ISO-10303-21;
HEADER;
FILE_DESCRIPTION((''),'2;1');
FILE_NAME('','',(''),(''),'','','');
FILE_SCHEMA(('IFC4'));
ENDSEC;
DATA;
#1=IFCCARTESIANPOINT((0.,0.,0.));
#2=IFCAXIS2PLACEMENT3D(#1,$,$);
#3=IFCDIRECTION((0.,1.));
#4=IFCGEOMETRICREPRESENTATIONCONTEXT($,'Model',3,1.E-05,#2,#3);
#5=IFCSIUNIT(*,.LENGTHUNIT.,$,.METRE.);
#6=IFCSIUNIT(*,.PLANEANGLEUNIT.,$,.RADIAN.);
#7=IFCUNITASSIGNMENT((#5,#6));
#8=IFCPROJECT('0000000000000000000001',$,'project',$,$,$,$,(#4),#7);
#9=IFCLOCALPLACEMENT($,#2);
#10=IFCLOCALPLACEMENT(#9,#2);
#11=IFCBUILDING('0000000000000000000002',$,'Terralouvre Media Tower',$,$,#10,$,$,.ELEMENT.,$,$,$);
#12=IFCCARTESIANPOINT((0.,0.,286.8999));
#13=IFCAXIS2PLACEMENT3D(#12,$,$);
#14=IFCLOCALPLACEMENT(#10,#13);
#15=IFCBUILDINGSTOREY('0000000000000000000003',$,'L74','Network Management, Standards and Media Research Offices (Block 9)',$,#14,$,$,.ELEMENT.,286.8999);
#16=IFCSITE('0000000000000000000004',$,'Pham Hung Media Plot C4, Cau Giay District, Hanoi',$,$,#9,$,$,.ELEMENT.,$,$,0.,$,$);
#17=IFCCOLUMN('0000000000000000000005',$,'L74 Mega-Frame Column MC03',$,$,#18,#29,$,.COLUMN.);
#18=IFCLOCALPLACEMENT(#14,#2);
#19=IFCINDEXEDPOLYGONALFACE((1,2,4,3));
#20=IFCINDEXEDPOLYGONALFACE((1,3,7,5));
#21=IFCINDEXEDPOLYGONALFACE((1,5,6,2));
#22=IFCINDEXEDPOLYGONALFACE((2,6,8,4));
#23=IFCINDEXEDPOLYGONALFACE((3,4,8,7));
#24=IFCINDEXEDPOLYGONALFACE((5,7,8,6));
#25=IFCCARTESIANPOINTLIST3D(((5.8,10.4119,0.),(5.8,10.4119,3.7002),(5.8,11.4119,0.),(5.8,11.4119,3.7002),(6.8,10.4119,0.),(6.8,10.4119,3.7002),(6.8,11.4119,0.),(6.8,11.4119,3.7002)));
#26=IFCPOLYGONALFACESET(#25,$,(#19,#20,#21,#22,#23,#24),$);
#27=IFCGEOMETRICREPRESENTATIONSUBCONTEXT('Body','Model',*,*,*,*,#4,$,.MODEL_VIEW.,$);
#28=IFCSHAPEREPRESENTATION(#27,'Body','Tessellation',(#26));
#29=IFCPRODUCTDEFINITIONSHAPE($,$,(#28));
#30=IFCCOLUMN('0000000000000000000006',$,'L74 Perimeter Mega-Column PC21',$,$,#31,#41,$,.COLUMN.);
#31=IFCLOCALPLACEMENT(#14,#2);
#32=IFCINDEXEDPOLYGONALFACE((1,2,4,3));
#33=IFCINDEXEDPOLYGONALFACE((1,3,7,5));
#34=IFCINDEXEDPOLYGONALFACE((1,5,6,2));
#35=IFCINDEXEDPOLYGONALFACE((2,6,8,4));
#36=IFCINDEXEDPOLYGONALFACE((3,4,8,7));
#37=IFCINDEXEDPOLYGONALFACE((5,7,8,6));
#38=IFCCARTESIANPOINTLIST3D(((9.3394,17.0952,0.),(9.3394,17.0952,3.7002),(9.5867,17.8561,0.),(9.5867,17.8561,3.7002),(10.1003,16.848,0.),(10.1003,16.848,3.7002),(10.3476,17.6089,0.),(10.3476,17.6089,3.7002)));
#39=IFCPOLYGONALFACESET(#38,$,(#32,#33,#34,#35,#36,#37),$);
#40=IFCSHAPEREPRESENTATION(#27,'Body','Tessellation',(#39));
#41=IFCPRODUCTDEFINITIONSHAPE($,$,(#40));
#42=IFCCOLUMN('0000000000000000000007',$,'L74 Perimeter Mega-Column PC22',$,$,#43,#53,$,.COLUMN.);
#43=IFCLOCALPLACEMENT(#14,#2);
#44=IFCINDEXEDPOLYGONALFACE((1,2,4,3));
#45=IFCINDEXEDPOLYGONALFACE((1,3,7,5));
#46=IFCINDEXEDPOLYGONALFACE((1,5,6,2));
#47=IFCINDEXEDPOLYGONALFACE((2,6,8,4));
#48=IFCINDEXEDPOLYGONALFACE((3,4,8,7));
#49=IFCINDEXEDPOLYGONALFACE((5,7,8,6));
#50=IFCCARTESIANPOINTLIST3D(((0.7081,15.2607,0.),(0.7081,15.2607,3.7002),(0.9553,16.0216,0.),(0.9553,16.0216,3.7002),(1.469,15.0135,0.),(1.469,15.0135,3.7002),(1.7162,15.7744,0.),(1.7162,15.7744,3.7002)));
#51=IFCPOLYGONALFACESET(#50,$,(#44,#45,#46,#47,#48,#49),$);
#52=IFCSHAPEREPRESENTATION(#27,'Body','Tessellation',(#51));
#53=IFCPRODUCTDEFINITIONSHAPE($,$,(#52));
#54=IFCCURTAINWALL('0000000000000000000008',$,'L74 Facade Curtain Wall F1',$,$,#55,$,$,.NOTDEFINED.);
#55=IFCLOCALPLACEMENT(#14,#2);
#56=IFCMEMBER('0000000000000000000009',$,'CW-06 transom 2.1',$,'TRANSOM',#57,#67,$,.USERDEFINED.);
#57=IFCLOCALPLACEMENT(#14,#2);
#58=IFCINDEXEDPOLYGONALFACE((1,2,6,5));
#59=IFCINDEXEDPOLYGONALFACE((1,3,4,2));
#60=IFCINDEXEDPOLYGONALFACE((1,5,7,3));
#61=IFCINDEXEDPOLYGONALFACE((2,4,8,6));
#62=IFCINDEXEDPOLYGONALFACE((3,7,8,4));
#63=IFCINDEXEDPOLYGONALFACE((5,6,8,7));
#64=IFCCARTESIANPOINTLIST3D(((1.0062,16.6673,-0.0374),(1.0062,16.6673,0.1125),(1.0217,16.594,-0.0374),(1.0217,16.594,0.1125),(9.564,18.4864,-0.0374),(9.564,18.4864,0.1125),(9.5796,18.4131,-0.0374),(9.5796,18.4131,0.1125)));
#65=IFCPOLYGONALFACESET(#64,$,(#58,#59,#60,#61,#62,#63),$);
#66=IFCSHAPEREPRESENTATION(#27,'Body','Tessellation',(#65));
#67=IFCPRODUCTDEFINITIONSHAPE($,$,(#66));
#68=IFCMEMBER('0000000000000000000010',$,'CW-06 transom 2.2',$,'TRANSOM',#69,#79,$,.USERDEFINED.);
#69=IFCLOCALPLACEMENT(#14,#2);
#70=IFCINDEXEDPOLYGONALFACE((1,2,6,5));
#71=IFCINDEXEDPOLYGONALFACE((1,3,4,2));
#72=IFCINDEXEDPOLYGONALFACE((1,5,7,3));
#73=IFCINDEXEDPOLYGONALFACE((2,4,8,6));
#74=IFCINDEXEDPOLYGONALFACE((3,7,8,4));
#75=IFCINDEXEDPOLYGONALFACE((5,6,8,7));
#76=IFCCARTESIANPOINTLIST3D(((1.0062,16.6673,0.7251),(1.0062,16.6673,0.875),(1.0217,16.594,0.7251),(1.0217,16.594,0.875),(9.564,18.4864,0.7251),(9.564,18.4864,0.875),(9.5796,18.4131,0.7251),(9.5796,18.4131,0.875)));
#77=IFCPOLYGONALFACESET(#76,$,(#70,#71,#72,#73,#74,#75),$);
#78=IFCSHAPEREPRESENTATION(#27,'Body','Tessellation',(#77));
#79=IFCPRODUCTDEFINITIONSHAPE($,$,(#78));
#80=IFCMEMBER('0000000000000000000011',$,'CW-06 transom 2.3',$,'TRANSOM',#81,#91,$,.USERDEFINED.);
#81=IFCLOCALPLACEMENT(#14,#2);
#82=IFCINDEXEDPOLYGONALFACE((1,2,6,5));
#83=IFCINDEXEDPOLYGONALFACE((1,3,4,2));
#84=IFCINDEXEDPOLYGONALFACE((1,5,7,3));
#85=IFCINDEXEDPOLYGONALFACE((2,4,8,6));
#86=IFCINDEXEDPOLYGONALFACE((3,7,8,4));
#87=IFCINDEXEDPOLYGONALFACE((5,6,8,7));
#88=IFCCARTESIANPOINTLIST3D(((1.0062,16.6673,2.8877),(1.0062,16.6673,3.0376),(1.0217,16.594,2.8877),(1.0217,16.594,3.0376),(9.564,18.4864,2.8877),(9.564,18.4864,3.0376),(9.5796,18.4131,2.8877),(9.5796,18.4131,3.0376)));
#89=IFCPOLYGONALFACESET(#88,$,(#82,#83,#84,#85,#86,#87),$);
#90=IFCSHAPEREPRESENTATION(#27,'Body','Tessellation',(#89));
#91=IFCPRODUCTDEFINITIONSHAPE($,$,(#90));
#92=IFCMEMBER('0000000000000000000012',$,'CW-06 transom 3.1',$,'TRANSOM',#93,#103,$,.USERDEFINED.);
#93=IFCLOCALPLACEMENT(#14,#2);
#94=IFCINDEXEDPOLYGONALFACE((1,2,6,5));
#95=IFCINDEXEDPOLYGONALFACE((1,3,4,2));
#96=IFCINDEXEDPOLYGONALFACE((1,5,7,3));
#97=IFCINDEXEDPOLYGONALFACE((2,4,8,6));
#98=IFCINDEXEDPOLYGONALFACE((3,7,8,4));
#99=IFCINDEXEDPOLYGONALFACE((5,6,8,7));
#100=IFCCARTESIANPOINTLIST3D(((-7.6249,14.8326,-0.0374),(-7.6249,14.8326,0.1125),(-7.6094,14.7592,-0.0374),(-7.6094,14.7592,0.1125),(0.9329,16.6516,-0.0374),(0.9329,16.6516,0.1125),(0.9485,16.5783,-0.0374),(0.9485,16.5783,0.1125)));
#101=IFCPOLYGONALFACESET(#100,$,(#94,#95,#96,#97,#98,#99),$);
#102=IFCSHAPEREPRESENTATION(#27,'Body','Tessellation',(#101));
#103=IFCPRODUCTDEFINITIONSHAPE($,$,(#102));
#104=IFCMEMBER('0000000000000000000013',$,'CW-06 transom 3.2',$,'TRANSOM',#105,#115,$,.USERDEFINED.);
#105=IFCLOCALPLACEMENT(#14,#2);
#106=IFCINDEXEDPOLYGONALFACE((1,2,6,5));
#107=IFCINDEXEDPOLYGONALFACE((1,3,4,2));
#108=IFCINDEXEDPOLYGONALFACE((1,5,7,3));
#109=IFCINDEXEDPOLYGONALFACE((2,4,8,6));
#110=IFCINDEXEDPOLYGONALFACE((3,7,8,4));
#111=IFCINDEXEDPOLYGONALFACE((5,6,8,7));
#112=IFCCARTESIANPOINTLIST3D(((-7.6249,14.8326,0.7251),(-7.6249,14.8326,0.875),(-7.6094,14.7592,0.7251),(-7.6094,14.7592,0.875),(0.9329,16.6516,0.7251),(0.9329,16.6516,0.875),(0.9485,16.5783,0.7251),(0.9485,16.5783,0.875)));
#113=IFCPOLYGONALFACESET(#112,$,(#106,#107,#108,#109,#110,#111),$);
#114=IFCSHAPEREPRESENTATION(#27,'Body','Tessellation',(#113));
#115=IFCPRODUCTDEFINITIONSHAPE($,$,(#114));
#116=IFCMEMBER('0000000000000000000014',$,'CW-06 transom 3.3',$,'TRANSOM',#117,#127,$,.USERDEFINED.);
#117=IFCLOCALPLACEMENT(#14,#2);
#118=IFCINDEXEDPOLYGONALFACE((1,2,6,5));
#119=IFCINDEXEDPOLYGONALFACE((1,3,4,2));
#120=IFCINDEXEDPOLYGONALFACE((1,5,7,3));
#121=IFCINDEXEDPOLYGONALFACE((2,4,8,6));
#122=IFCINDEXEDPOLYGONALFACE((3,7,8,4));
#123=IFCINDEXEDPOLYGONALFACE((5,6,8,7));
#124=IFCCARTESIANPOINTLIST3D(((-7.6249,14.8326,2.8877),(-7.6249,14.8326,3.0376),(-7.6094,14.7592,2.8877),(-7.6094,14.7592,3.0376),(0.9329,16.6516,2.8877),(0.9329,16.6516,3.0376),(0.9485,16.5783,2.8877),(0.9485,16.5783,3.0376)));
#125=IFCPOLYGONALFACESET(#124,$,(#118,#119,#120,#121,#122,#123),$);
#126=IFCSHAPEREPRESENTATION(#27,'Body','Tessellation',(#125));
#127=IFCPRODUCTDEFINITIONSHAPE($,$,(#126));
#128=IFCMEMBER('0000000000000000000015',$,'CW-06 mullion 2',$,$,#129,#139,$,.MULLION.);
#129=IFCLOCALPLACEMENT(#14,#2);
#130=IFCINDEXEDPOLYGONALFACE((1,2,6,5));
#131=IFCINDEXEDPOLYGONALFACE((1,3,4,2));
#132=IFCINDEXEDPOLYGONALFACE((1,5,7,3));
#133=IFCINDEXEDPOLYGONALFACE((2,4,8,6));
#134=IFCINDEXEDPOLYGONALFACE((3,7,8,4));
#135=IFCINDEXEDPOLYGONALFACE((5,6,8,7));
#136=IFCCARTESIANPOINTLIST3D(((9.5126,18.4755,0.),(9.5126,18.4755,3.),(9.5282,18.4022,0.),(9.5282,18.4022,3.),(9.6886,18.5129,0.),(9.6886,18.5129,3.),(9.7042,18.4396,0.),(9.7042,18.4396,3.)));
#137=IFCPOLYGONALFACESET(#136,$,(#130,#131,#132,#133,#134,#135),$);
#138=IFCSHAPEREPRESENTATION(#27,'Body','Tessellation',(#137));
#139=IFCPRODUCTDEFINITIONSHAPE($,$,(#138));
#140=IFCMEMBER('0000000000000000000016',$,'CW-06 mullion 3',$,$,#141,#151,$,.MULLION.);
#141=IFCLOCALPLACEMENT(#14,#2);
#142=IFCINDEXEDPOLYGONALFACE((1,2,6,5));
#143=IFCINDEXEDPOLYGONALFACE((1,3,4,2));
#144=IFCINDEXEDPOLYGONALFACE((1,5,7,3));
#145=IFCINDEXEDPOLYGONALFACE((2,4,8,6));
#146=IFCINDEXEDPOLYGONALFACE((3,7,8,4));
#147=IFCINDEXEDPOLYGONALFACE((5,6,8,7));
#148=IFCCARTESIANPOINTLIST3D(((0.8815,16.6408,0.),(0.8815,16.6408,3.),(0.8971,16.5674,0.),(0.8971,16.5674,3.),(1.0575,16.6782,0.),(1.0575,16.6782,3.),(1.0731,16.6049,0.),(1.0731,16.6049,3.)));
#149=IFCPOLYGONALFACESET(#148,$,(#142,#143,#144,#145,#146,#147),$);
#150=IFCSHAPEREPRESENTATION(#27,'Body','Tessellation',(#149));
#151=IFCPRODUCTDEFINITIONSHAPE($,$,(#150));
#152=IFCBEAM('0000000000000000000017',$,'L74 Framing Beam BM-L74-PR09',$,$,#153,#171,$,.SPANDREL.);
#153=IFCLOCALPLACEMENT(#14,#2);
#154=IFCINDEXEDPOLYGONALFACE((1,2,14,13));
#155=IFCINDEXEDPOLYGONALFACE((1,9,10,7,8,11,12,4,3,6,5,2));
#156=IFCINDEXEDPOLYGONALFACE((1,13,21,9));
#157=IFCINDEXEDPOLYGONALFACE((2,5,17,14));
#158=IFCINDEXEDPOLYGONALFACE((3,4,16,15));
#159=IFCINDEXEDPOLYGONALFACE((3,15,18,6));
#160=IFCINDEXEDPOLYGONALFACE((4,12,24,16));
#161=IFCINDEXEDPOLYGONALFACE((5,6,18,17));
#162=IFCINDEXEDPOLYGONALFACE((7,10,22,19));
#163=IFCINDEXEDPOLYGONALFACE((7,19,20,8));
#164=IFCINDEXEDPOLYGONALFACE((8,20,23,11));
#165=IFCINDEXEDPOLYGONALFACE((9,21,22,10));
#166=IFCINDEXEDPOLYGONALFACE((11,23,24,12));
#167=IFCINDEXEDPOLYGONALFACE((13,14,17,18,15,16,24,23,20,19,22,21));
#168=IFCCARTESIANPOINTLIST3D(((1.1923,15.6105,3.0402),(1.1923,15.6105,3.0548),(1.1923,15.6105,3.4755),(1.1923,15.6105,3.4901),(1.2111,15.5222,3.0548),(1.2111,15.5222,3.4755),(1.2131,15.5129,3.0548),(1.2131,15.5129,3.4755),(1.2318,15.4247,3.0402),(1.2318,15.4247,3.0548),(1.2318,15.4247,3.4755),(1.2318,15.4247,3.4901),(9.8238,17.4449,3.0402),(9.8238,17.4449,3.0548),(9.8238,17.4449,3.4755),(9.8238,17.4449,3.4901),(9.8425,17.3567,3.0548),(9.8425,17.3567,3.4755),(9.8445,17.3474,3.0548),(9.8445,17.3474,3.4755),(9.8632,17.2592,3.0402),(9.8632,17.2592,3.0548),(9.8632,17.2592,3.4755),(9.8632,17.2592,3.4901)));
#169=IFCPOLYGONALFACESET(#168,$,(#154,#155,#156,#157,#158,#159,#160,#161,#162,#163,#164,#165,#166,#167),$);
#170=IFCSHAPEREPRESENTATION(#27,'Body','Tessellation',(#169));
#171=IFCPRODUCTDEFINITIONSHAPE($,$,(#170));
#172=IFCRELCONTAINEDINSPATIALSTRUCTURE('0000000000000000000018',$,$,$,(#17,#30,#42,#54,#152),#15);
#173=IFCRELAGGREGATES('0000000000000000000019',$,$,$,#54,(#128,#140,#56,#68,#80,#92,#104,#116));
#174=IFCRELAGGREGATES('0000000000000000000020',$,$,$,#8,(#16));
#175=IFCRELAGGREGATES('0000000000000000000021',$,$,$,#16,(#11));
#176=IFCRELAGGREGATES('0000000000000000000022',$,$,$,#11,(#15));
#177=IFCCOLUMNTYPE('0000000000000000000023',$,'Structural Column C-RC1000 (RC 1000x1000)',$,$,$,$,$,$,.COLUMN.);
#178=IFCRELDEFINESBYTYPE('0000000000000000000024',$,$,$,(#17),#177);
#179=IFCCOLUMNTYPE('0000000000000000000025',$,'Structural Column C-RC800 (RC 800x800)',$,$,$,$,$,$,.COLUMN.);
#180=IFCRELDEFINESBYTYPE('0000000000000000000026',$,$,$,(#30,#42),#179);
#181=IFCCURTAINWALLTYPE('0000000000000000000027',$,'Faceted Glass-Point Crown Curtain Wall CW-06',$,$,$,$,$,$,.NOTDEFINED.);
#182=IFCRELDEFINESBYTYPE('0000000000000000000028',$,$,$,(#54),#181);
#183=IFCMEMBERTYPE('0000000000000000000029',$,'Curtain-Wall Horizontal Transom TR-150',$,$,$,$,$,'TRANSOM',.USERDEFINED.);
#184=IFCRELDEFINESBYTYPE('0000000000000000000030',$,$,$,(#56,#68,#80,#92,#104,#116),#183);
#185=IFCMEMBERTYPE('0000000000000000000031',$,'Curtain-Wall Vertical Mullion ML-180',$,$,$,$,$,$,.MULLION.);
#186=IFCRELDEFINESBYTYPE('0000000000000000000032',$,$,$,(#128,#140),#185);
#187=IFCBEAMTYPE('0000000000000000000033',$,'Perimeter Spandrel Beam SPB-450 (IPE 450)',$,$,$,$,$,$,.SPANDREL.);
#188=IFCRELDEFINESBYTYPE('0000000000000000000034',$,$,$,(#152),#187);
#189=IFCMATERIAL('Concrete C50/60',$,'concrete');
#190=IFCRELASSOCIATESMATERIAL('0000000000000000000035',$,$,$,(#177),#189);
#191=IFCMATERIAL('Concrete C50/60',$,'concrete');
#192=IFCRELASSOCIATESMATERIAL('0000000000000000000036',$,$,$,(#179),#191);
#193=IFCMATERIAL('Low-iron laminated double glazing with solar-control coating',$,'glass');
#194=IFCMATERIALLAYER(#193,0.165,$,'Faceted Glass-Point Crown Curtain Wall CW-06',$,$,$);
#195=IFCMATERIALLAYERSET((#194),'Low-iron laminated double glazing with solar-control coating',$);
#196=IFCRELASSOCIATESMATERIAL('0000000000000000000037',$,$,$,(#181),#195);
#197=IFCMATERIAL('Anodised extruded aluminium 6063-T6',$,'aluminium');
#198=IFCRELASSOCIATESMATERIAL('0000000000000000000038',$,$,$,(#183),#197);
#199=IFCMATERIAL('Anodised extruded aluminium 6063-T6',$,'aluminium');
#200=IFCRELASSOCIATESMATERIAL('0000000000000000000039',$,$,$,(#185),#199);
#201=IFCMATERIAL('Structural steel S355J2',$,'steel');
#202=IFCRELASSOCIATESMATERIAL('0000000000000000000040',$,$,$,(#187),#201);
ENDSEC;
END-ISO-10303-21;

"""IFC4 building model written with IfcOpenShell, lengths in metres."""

from ifc_helpers import new_model, si_unit, direction, frame, origin, origin_2d, place, context, subcontext, project, spatial, rectangle, i_section, extrude, material, layer, layer_set, material_profile, profile_set, type_object, element, aggregate, save


model = new_model("IFC4")

# Units and contexts
model_context = context("Model", 3, precision=1e-05, world=origin(), true_north=direction((0.0, 1.0)))
body_context = subcontext(model_context, "Body", "Model", "MODEL_VIEW")
ifc_project = project(units=[si_unit("LENGTHUNIT", "METRE"), si_unit("PLANEANGLEUNIT", "RADIAN")], contexts=[model_context])

# Site, building, storey
site_placement = place(None, origin())
site = spatial("IfcSite", under=ifc_project, at=site_placement, Name="Pham Hung Media Plot C4, Cau Giay District, Hanoi", CompositionType="ELEMENT", RefElevation=0.0)
building_placement = place(site_placement, origin())
building = spatial("IfcBuilding", under=site, at=building_placement, Name="Terralouvre Media Tower", CompositionType="ELEMENT")
storey_placement = place(building_placement, frame((0.0, 0.0, 286.8999)))
storey = spatial("IfcBuildingStorey", under=building, at=storey_placement, Name="L74", Description="Network Management, Standards and Media Research Offices (Block 9)", CompositionType="ELEMENT", Elevation=286.8999)

# Columns
ifc_material_1 = material(Name="Concrete C50/60", Category="concrete")
ifc_material_profile_1 = material_profile(ifc_material_1, rectangle(XDim=1.0, YDim=1.0, at=origin_2d()), Name="RC 1000x1000")
ifc_profile_set_1 = profile_set([ifc_material_profile_1], Name="Concrete C50/60")
column_type_1 = type_object("IfcColumnType", Name="Structural Column C-RC1000 (RC 1000x1000)", PredefinedType="COLUMN", material=ifc_profile_set_1)
column_placement = place(storey_placement, frame((6.3, 10.9119, 0.0), z_axis=(0.0, 0.0, 1.0), x_axis=(1.0, 0.0, 0.0)))
element("IfcColumn", 1, at=column_placement, inside=storey, type_object=column_type_1, Name="L74 Mega-Frame Column MC03", PredefinedType="COLUMN", context=body_context, shape_type="SweptSolid", body=[
    extrude(rectangle(XDim=1.0, YDim=1.0, at=origin_2d()), origin(), (0.0, 0.0, 1.0), 3.7002),
])
ifc_material_2 = material(Name="Concrete C50/60", Category="concrete")
ifc_material_profile_2 = material_profile(ifc_material_2, rectangle(XDim=0.8, YDim=0.8, at=origin_2d()), Name="RC 800x800")
ifc_profile_set_2 = profile_set([ifc_material_profile_2], Name="Concrete C50/60")
column_type_2 = type_object("IfcColumnType", Name="Structural Column C-RC800 (RC 800x800)", PredefinedType="COLUMN", material=ifc_profile_set_2)
for number, where, z_axis, x_axis, name in (
    (2, (9.8435, 17.3521, 0.0), (0.0, 0.0, 1.0), (0.309017, 0.951057, 0.0), "L74 Perimeter Mega-Column PC21"),
    (3, (1.2122, 15.5176, 0.0), (0.0, 0.0, 1.0), (0.309017, 0.951057, 0.0), "L74 Perimeter Mega-Column PC22"),
):
    element("IfcColumn", number, at=place(storey_placement, frame(where, z_axis=z_axis, x_axis=x_axis)), inside=storey, type_object=column_type_2, Name=name, PredefinedType="COLUMN", context=body_context, shape_type="SweptSolid", body=[
        extrude(rectangle(XDim=0.8, YDim=0.8, at=origin_2d()), origin(), (0.0, 0.0, 1.0), 3.7002),
    ])

# Curtain wall, members
ifc_material_3 = material(Name="Low-iron laminated double glazing with solar-control coating", Category="glass")
ifc_layer_1 = layer(ifc_material_3, 0.165, Name="Faceted Glass-Point Crown Curtain Wall CW-06")
ifc_layer_set_1 = layer_set([ifc_layer_1], Name="Low-iron laminated double glazing with solar-control coating")
curtain_wall_type = type_object("IfcCurtainWallType", Name="Faceted Glass-Point Crown Curtain Wall CW-06", PredefinedType="NOTDEFINED", material=ifc_layer_set_1)
curtain_wall_placement = place(storey_placement, origin())
curtain_wall = element("IfcCurtainWall", 4, at=curtain_wall_placement, inside=storey, type_object=curtain_wall_type, Name="L74 Facade Curtain Wall F1", PredefinedType="NOTDEFINED")
ifc_material_4 = material(Name="Anodised extruded aluminium 6063-T6", Category="aluminium")
ifc_material_profile_3 = material_profile(ifc_material_4, rectangle(XDim=0.075, YDim=0.1499, at=origin_2d()), Name="ALU 75x150")
ifc_profile_set_3 = profile_set([ifc_material_profile_3], Name="Anodised extruded aluminium 6063-T6")
member_type_1 = type_object("IfcMemberType", Name="Curtain-Wall Horizontal Transom TR-150", ElementType="TRANSOM", PredefinedType="USERDEFINED", material=ifc_profile_set_3)
member_1_placement = place(storey_placement, frame((9.5718, 18.4497, 0.0376), z_axis=(-0.978146, -0.207918, 0.0), x_axis=(0.207918, -0.978146, 0.0)))
member_1 = element("IfcMember", 5, at=member_1_placement, type_object=member_type_1, Name="CW-06 transom 2.1", ObjectType="TRANSOM", PredefinedType="USERDEFINED", context=body_context, shape_type="SweptSolid", body=[
    extrude(rectangle(XDim=0.075, YDim=0.1499, at=origin_2d()), origin(), (0.0, 0.0, 1.0), 8.749),
])
member_2_placement = place(storey_placement, frame((9.5718, 18.4497, 0.8), z_axis=(-0.978146, -0.207918, 0.0), x_axis=(0.207918, -0.978146, 0.0)))
member_2 = element("IfcMember", 6, at=member_2_placement, type_object=member_type_1, Name="CW-06 transom 2.2", ObjectType="TRANSOM", PredefinedType="USERDEFINED", context=body_context, shape_type="SweptSolid", body=[
    extrude(rectangle(XDim=0.075, YDim=0.1499, at=origin_2d()), origin(), (0.0, 0.0, 1.0), 8.749),
])
member_3_placement = place(storey_placement, frame((9.5718, 18.4497, 2.9626), z_axis=(-0.978146, -0.207918, 0.0), x_axis=(0.207918, -0.978146, 0.0)))
member_3 = element("IfcMember", 7, at=member_3_placement, type_object=member_type_1, Name="CW-06 transom 2.3", ObjectType="TRANSOM", PredefinedType="USERDEFINED", context=body_context, shape_type="SweptSolid", body=[
    extrude(rectangle(XDim=0.075, YDim=0.1499, at=origin_2d()), origin(), (0.0, 0.0, 1.0), 8.749),
])
member_4_placement = place(storey_placement, frame((0.9407, 16.615, 0.0376), z_axis=(-0.978146, -0.207918, 0.0), x_axis=(0.207918, -0.978146, 0.0)))
member_4 = element("IfcMember", 8, at=member_4_placement, type_object=member_type_1, Name="CW-06 transom 3.1", ObjectType="TRANSOM", PredefinedType="USERDEFINED", context=body_context, shape_type="SweptSolid", body=[
    extrude(rectangle(XDim=0.075, YDim=0.1499, at=origin_2d()), origin(), (0.0, 0.0, 1.0), 8.749),
])
member_5_placement = place(storey_placement, frame((0.9407, 16.615, 0.8), z_axis=(-0.978146, -0.207918, 0.0), x_axis=(0.207918, -0.978146, 0.0)))
member_5 = element("IfcMember", 9, at=member_5_placement, type_object=member_type_1, Name="CW-06 transom 3.2", ObjectType="TRANSOM", PredefinedType="USERDEFINED", context=body_context, shape_type="SweptSolid", body=[
    extrude(rectangle(XDim=0.075, YDim=0.1499, at=origin_2d()), origin(), (0.0, 0.0, 1.0), 8.749),
])
member_6_placement = place(storey_placement, frame((0.9407, 16.615, 2.9626), z_axis=(-0.978146, -0.207918, 0.0), x_axis=(0.207918, -0.978146, 0.0)))
member_6 = element("IfcMember", 10, at=member_6_placement, type_object=member_type_1, Name="CW-06 transom 3.3", ObjectType="TRANSOM", PredefinedType="USERDEFINED", context=body_context, shape_type="SweptSolid", body=[
    extrude(rectangle(XDim=0.075, YDim=0.1499, at=origin_2d()), origin(), (0.0, 0.0, 1.0), 8.749),
])
ifc_material_5 = material(Name="Anodised extruded aluminium 6063-T6", Category="aluminium")
ifc_material_profile_4 = material_profile(ifc_material_5, rectangle(XDim=0.075, YDim=0.1799, at=origin_2d()), Name="ALU 75x180")
ifc_profile_set_4 = profile_set([ifc_material_profile_4], Name="Anodised extruded aluminium 6063-T6")
member_type_2 = type_object("IfcMemberType", Name="Curtain-Wall Vertical Mullion ML-180", PredefinedType="MULLION", material=ifc_profile_set_4)
member_7_placement = place(storey_placement, frame((9.6084, 18.4575, 0.0), z_axis=(0.0, 0.0, 1.0), x_axis=(0.207912, -0.978148, 0.0)))
member_7 = element("IfcMember", 11, at=member_7_placement, type_object=member_type_2, Name="CW-06 mullion 2", PredefinedType="MULLION", context=body_context, shape_type="SweptSolid", body=[
    extrude(rectangle(XDim=0.075, YDim=0.1799, at=origin_2d()), origin(), (0.0, 0.0, 1.0), 3.0),
])
member_8_placement = place(storey_placement, frame((0.9773, 16.6228, 0.0), z_axis=(0.0, 0.0, 1.0), x_axis=(0.207912, -0.978148, 0.0)))
member_8 = element("IfcMember", 12, at=member_8_placement, type_object=member_type_2, Name="CW-06 mullion 3", PredefinedType="MULLION", context=body_context, shape_type="SweptSolid", body=[
    extrude(rectangle(XDim=0.075, YDim=0.1799, at=origin_2d()), origin(), (0.0, 0.0, 1.0), 3.0),
])

# Beam
ifc_material_6 = material(Name="Structural steel S355J2", Category="steel")
ifc_material_profile_5 = material_profile(ifc_material_6, i_section(OverallWidth=0.1899, OverallDepth=0.45, WebThickness=0.0095, FlangeThickness=0.0146, at=origin_2d()), Name="IPE 450")
ifc_profile_set_5 = profile_set([ifc_material_profile_5], Name="Structural steel S355J2")
beam_type_1 = type_object("IfcBeamType", Name="Perimeter Spandrel Beam SPB-450 (IPE 450)", PredefinedType="SPANDREL", material=ifc_profile_set_5)
beam_1_placement = place(storey_placement, frame((9.8435, 17.3521, 3.2651), z_axis=(-0.978152, -0.207893, 0.0), x_axis=(0.207893, -0.978152, 0.0)))
element("IfcBeam", 13, at=beam_1_placement, inside=storey, type_object=beam_type_1, Name="L74 Framing Beam BM-L74-PR09", PredefinedType="SPANDREL", context=body_context, shape_type="SweptSolid", body=[
    extrude(i_section(OverallWidth=0.1899, OverallDepth=0.45, WebThickness=0.0095, FlangeThickness=0.0146, at=origin_2d()), origin(), (0.0, 0.0, 1.0), 8.8242),
])

aggregate(curtain_wall, [member_7, member_8, member_1, member_2, member_3, member_4, member_5, member_6])

save(model, "model.ifc")
